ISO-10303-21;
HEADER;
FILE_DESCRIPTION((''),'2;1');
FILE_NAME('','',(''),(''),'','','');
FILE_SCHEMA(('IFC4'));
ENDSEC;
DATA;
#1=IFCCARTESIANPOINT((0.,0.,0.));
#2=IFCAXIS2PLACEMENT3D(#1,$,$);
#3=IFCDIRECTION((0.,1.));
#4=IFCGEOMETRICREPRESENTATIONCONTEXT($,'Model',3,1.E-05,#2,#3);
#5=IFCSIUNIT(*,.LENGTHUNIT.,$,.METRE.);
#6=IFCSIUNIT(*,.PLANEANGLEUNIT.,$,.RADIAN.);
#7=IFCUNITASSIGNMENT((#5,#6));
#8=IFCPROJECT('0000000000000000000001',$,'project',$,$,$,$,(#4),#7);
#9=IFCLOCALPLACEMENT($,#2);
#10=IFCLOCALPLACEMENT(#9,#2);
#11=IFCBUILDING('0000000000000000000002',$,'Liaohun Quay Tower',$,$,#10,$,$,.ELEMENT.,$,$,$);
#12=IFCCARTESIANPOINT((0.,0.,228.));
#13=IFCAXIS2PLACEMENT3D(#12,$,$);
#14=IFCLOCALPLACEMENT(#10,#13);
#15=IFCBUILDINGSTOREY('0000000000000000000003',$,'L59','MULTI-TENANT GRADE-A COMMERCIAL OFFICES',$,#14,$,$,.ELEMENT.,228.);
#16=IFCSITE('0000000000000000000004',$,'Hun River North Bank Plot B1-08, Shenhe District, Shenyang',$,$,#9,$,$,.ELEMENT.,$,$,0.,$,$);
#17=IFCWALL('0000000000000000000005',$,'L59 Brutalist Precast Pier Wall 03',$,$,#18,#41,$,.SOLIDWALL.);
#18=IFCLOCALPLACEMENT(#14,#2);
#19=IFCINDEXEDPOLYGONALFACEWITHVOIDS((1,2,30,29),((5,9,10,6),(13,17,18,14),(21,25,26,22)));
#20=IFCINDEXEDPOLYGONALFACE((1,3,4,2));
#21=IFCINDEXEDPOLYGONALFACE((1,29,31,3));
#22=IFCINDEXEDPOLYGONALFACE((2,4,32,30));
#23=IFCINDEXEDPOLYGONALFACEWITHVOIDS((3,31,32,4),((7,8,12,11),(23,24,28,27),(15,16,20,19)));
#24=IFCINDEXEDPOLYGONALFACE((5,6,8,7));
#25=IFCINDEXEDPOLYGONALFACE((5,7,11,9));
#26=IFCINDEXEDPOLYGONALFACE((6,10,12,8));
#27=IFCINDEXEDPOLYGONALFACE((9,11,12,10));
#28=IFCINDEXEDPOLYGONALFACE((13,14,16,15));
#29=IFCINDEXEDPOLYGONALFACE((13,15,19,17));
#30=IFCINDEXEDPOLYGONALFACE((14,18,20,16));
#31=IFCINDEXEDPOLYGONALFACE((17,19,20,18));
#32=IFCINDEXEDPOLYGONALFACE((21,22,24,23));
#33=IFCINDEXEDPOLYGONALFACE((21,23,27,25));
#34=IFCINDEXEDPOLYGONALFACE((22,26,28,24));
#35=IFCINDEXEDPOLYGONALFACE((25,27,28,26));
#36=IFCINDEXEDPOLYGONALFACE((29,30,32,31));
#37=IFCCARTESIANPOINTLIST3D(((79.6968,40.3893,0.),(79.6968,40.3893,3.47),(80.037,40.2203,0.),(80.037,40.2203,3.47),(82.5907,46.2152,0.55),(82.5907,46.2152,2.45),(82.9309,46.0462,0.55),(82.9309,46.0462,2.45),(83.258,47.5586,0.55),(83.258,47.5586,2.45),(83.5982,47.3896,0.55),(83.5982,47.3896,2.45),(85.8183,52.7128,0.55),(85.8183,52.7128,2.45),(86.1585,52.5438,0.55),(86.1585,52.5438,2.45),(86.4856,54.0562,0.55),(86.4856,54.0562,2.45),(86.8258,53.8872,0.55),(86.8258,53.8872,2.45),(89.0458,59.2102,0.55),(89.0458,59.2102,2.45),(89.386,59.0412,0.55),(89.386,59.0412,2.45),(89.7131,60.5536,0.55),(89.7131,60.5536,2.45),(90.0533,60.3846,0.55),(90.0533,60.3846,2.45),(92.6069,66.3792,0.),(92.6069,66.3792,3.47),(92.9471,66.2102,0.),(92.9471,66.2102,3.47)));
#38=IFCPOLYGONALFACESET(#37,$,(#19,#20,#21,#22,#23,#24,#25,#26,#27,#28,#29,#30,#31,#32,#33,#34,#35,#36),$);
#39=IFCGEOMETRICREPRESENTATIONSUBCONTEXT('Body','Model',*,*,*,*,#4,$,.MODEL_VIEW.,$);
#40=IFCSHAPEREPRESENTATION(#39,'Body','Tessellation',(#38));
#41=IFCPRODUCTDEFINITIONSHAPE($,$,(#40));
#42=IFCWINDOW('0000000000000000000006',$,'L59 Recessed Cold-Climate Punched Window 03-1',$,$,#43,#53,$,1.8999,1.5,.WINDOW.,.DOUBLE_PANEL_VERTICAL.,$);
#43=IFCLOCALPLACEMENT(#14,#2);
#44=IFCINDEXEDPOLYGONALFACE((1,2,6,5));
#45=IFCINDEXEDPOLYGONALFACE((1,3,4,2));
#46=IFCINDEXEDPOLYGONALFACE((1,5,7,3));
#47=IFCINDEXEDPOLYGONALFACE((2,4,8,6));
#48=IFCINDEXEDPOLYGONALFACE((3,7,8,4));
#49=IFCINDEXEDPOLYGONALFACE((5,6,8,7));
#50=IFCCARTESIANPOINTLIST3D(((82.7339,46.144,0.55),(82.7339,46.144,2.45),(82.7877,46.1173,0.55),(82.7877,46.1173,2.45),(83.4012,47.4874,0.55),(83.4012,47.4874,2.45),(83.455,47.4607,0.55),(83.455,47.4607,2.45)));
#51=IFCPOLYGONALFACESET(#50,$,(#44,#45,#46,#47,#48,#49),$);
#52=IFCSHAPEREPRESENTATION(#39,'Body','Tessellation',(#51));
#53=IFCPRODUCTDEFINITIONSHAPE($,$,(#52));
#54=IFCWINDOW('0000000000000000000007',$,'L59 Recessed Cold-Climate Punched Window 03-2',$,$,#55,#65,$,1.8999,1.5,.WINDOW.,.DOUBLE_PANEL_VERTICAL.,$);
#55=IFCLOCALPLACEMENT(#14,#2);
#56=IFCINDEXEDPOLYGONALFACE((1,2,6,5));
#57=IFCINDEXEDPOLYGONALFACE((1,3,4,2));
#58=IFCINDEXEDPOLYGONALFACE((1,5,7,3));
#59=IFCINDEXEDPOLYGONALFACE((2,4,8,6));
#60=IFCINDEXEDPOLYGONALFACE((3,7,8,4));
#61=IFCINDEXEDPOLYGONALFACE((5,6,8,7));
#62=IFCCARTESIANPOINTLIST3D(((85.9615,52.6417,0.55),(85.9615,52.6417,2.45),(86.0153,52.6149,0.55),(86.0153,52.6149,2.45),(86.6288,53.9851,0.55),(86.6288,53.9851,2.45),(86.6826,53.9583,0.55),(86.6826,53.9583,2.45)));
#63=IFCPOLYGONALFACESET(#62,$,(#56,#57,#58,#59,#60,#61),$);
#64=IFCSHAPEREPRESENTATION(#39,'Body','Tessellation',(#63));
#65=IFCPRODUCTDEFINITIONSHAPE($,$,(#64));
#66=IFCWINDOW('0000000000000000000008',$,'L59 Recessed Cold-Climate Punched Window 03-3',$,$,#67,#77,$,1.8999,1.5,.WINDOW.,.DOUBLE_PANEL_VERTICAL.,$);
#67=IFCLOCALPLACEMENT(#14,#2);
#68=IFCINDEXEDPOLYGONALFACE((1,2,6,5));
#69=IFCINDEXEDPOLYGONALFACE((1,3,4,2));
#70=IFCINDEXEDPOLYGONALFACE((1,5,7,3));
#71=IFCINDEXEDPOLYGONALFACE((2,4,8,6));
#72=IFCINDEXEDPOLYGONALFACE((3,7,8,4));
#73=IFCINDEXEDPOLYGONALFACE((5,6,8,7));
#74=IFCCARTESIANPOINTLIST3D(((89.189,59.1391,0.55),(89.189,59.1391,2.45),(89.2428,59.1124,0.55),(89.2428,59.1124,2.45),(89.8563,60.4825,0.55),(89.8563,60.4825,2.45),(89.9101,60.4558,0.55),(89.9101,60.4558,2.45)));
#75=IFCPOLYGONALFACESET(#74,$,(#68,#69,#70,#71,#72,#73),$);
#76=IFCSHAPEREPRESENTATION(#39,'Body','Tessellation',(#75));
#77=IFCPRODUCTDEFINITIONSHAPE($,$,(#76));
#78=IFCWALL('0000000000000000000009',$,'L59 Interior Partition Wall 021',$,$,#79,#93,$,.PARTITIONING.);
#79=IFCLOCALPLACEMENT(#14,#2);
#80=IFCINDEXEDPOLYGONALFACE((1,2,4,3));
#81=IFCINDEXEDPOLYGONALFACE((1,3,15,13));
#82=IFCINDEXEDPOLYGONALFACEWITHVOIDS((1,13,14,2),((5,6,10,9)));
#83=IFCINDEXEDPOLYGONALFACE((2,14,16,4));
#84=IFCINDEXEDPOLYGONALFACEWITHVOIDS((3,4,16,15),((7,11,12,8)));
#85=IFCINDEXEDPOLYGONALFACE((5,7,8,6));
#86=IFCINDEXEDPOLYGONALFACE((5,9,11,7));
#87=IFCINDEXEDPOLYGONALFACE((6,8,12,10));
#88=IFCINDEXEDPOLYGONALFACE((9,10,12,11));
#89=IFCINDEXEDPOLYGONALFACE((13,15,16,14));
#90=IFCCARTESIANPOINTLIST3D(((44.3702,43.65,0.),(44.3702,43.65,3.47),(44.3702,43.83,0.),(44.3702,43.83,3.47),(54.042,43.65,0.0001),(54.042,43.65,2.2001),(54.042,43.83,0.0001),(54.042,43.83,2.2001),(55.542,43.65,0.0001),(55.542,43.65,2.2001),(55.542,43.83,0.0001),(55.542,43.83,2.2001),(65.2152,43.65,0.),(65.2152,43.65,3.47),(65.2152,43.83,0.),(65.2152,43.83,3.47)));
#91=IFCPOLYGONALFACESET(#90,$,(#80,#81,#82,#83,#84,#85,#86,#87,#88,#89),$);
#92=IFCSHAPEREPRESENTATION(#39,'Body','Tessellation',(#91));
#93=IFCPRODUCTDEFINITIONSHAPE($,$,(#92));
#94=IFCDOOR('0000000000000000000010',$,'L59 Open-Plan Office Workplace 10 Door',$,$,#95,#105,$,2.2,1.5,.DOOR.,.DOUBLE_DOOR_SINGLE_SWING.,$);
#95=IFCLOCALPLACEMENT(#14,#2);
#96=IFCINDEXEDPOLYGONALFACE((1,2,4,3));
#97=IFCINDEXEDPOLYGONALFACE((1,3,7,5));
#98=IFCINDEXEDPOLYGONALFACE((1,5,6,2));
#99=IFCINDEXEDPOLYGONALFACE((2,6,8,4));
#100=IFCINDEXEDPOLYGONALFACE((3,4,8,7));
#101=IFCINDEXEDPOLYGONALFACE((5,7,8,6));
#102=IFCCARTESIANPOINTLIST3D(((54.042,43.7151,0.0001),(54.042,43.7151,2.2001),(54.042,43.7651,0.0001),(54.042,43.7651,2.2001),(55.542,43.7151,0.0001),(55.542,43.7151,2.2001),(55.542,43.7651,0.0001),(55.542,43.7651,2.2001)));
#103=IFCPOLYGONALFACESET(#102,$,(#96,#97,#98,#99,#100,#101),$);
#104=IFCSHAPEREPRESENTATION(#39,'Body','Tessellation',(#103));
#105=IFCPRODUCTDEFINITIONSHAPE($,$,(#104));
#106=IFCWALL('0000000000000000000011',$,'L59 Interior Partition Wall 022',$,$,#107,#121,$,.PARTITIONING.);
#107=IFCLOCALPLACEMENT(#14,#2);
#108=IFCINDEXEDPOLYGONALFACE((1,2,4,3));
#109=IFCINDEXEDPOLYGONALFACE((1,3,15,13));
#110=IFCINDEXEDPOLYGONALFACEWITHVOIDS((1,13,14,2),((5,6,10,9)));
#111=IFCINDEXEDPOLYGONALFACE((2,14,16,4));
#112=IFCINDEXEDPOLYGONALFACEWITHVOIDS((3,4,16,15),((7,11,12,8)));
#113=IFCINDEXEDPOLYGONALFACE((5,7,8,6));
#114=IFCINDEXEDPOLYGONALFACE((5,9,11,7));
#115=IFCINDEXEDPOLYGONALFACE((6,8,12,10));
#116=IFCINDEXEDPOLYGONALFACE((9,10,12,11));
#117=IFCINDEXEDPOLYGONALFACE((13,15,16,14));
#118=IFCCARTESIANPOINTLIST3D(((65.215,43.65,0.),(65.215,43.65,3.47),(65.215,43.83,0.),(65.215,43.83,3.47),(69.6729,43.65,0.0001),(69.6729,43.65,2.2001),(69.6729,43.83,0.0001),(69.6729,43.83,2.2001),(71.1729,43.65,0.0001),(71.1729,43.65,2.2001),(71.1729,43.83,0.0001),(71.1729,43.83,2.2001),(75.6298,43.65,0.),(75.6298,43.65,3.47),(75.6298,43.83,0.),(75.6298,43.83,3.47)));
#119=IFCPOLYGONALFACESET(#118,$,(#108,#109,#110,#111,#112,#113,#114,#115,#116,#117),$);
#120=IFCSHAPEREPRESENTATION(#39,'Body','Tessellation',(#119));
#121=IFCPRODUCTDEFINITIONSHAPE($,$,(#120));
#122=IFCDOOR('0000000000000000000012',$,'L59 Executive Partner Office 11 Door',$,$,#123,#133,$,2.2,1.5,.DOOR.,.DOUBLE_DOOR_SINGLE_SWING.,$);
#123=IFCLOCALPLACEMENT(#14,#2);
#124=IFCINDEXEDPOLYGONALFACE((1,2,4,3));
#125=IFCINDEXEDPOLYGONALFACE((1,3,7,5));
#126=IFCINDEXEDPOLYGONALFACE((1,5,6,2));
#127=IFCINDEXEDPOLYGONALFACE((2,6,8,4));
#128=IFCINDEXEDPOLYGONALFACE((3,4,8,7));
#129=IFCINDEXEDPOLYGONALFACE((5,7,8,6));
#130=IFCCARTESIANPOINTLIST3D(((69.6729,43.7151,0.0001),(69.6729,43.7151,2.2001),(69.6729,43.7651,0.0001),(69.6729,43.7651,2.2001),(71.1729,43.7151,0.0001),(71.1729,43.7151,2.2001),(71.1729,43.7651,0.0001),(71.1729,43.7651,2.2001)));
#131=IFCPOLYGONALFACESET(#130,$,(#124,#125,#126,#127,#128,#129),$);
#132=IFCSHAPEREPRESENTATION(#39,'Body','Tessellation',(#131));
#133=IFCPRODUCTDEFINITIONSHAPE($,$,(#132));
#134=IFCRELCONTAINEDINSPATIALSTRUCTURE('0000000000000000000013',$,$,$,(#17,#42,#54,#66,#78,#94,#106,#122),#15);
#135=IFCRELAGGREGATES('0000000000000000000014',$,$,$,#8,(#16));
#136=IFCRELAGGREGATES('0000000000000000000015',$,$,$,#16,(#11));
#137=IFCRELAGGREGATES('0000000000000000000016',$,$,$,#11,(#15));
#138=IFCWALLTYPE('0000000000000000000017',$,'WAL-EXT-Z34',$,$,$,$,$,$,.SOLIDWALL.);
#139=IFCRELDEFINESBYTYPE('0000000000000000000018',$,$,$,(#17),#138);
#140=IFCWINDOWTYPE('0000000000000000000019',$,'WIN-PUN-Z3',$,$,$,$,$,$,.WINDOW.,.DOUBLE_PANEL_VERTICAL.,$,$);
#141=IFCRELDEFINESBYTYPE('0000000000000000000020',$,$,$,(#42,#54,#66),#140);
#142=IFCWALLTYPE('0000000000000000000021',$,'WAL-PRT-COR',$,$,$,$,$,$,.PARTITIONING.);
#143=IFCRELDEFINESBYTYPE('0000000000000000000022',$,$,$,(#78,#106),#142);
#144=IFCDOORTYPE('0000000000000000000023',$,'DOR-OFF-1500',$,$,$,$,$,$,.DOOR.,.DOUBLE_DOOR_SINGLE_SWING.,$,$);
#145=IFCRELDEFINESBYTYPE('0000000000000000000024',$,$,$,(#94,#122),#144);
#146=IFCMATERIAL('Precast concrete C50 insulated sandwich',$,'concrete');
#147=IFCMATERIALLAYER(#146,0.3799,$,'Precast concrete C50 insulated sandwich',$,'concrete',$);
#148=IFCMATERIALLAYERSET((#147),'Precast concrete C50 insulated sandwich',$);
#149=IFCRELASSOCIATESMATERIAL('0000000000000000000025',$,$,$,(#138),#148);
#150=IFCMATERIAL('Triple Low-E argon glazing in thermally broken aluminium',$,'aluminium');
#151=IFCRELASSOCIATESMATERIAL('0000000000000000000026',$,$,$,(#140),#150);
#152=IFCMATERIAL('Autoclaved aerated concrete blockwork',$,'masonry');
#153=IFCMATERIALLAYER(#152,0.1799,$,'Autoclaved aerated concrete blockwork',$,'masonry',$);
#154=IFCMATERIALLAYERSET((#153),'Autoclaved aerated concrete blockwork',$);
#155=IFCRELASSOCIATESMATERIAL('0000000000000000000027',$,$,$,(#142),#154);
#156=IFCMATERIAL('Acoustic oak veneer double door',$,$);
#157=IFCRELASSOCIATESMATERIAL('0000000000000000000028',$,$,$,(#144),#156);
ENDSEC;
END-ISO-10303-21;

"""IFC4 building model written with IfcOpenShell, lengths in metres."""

from ifc_helpers import new_model, si_unit, direction, frame, frame_2d, origin, place, context, subcontext, project, spatial, rectangle, extrude, source, transform, mapped, material, layer, layer_set, type_object, element, fill, save


model = new_model("IFC4")

# Units and contexts
model_context = context("Model", 3, precision=1e-05, world=origin(), true_north=direction((0.0, 1.0)))
body_context = subcontext(model_context, "Body", "Model", "MODEL_VIEW")
ifc_project = project(units=[si_unit("LENGTHUNIT", "METRE"), si_unit("PLANEANGLEUNIT", "RADIAN")], contexts=[model_context])

# Site, building, storey
site_placement = place(None, origin())
site = spatial("IfcSite", under=ifc_project, at=site_placement, Name="Hun River North Bank Plot B1-08, Shenhe District, Shenyang", CompositionType="ELEMENT", RefElevation=0.0)
building_placement = place(site_placement, origin())
building = spatial("IfcBuilding", under=site, at=building_placement, Name="Liaohun Quay Tower", CompositionType="ELEMENT")
storey_placement = place(building_placement, frame((0.0, 0.0, 228.0)))
storey = spatial("IfcBuildingStorey", under=building, at=storey_placement, Name="L59", Description="MULTI-TENANT GRADE-A COMMERCIAL OFFICES", CompositionType="ELEMENT", Elevation=228.0)

# Shared definitions
ifc_material_1 = material(Name="Precast concrete C50 insulated sandwich", Category="concrete")
ifc_layer_1 = layer(ifc_material_1, 0.3799, Name="Precast concrete C50 insulated sandwich", Category="concrete")
ifc_layer_set_1 = layer_set([ifc_layer_1], Name="Precast concrete C50 insulated sandwich")
wall_type_1 = type_object("IfcWallType", Name="WAL-EXT-Z34", PredefinedType="SOLIDWALL", material=ifc_layer_set_1)

# Wall, openings, windows
shared_shape_1 = source(origin(), body_context, "Body", "SweptSolid", [
    extrude(rectangle(XDim=1.5, YDim=1.8999, at=frame_2d((0.75, 0.95))), frame((0.0, 0.2, 0.0), z_axis=(0.0, -1.0, 0.0), x_axis=(1.0, 0.0, 0.0)), (0.0, 0.0, 1.0), 0.3999),
])
ifc_material_2 = material(Name="Triple Low-E argon glazing in thermally broken aluminium", Category="aluminium")
window_type_1 = type_object("IfcWindowType", Name="WIN-PUN-Z3", PartitioningType="DOUBLE_PANEL_VERTICAL", PredefinedType="WINDOW", material=ifc_material_2)
shared_shape_2 = source(origin(), body_context, "Body", "SweptSolid", [
    extrude(rectangle(XDim=1.5, YDim=1.8999, at=frame_2d((0.75, 0.95))), frame((0.0, 0.03, 0.0), z_axis=(0.0, -1.0, 0.0), x_axis=(1.0, 0.0, 0.0)), (0.0, 0.0, 1.0), 0.0601),
])
wall_1_placement = place(storey_placement, frame((79.8669, 40.3049, 0.0), z_axis=(0.0, 0.0, 1.0), x_axis=(0.444873, 0.895594, 0.0)))
wall_1 = element("IfcWall", 1, at=wall_1_placement, inside=storey, type_object=wall_type_1, Name="L59 Brutalist Precast Pier Wall 03", PredefinedType="SOLIDWALL", context=body_context, shape_type="SweptSolid", body=[
    extrude(rectangle(XDim=29.0198, YDim=0.3799, at=frame_2d((14.5098, 0.0))), origin(), (0.0, 0.0, 1.0), 3.47),
])
opening_1_placement = place(wall_1_placement, frame((6.5049, 0.0, 0.55)))
opening_1 = element("IfcOpeningElement", 2, at=opening_1_placement, cuts=wall_1, PredefinedType="OPENING", context=body_context, shape_type="MappedRepresentation", body=[
    mapped(shared_shape_1, transform((0.0, 0.0, 0.0), x_axis=(1.0, 0.0, 0.0), y_axis=(0.0, 1.0, 0.0), z_axis=(0.0, 0.0, 1.0), scale=1.0)),
])
opening_2_placement = place(wall_1_placement, frame((13.76, 0.0, 0.55)))
opening_2 = element("IfcOpeningElement", 3, at=opening_2_placement, cuts=wall_1, PredefinedType="OPENING", context=body_context, shape_type="MappedRepresentation", body=[
    mapped(shared_shape_1, transform((0.0, 0.0, 0.0), x_axis=(1.0, 0.0, 0.0), y_axis=(0.0, 1.0, 0.0), z_axis=(0.0, 0.0, 1.0), scale=1.0)),
])
opening_3_placement = place(wall_1_placement, frame((21.0149, 0.0, 0.55)))
opening_3 = element("IfcOpeningElement", 4, at=opening_3_placement, cuts=wall_1, PredefinedType="OPENING", context=body_context, shape_type="MappedRepresentation", body=[
    mapped(shared_shape_1, transform((0.0, 0.0, 0.0), x_axis=(1.0, 0.0, 0.0), y_axis=(0.0, 1.0, 0.0), z_axis=(0.0, 0.0, 1.0), scale=1.0)),
])
window_1_placement = place(opening_1_placement, origin())
window_1 = element("IfcWindow", 5, at=window_1_placement, inside=storey, type_object=window_type_1, Name="L59 Recessed Cold-Climate Punched Window 03-1", OverallHeight=1.8999, OverallWidth=1.5, PartitioningType="DOUBLE_PANEL_VERTICAL", PredefinedType="WINDOW", context=body_context, shape_type="MappedRepresentation", body=[
    mapped(shared_shape_2, transform((0.0, 0.0, 0.0), x_axis=(1.0, 0.0, 0.0), y_axis=(0.0, 1.0, 0.0), z_axis=(0.0, 0.0, 1.0), scale=1.0)),
])
fill(opening_1, window_1)
window_2_placement = place(opening_2_placement, origin())
window_2 = element("IfcWindow", 6, at=window_2_placement, inside=storey, type_object=window_type_1, Name="L59 Recessed Cold-Climate Punched Window 03-2", OverallHeight=1.8999, OverallWidth=1.5, PartitioningType="DOUBLE_PANEL_VERTICAL", PredefinedType="WINDOW", context=body_context, shape_type="MappedRepresentation", body=[
    mapped(shared_shape_2, transform((0.0, 0.0, 0.0), x_axis=(1.0, 0.0, 0.0), y_axis=(0.0, 1.0, 0.0), z_axis=(0.0, 0.0, 1.0), scale=1.0)),
])
fill(opening_2, window_2)
window_3_placement = place(opening_3_placement, origin())
window_3 = element("IfcWindow", 7, at=window_3_placement, inside=storey, type_object=window_type_1, Name="L59 Recessed Cold-Climate Punched Window 03-3", OverallHeight=1.8999, OverallWidth=1.5, PartitioningType="DOUBLE_PANEL_VERTICAL", PredefinedType="WINDOW", context=body_context, shape_type="MappedRepresentation", body=[
    mapped(shared_shape_2, transform((0.0, 0.0, 0.0), x_axis=(1.0, 0.0, 0.0), y_axis=(0.0, 1.0, 0.0), z_axis=(0.0, 0.0, 1.0), scale=1.0)),
])
fill(opening_3, window_3)

# Walls, openings, doors
ifc_material_3 = material(Name="Autoclaved aerated concrete blockwork", Category="masonry")
ifc_layer_2 = layer(ifc_material_3, 0.1799, Name="Autoclaved aerated concrete blockwork", Category="masonry")
ifc_layer_set_2 = layer_set([ifc_layer_2], Name="Autoclaved aerated concrete blockwork")
wall_type_2 = type_object("IfcWallType", Name="WAL-PRT-COR", PredefinedType="PARTITIONING", material=ifc_layer_set_2)
wall_2_placement = place(storey_placement, frame((65.2151, 43.74, 0.0), z_axis=(0.0, 0.0, 1.0), x_axis=(-1.0, 0.0, 0.0)))
wall_2 = element("IfcWall", 8, at=wall_2_placement, inside=storey, type_object=wall_type_2, Name="L59 Interior Partition Wall 021", PredefinedType="PARTITIONING", context=body_context, shape_type="SweptSolid", body=[
    extrude(rectangle(XDim=20.845, YDim=0.1799, at=frame_2d((10.4224, 0.0))), origin(), (0.0, 0.0, 1.0), 3.47),
])
shared_shape_3 = source(origin(), body_context, "Body", "SweptSolid", [
    extrude(rectangle(XDim=1.5, YDim=2.2, at=frame_2d((0.75, 1.1001))), frame((0.0, 0.0999, 0.0), z_axis=(0.0, -1.0, 0.0), x_axis=(1.0, 0.0, 0.0)), (0.0, 0.0, 1.0), 0.2),
])
opening_4_placement = place(wall_2_placement, frame((9.6731, 0.0, 0.0)))
opening_4 = element("IfcOpeningElement", 9, at=opening_4_placement, cuts=wall_2, PredefinedType="OPENING", context=body_context, shape_type="MappedRepresentation", body=[
    mapped(shared_shape_3, transform((0.0, 0.0, 0.0), x_axis=(1.0, 0.0, 0.0), y_axis=(0.0, 1.0, 0.0), z_axis=(0.0, 0.0, 1.0), scale=1.0)),
])
ifc_material_4 = material(Name="Acoustic oak veneer double door")
door_type = type_object("IfcDoorType", Name="DOR-OFF-1500", OperationType="DOUBLE_DOOR_SINGLE_SWING", PredefinedType="DOOR", material=ifc_material_4)
shared_shape_4 = source(origin(), body_context, "Body", "SweptSolid", [
    extrude(rectangle(XDim=1.5, YDim=2.2, at=frame_2d((0.75, 1.1001))), frame((0.0, 0.0249, 0.0), z_axis=(0.0, -1.0, 0.0), x_axis=(1.0, 0.0, 0.0)), (0.0, 0.0, 1.0), 0.05),
])
door_1_placement = place(opening_4_placement, origin())
door_1 = element("IfcDoor", 10, at=door_1_placement, inside=storey, type_object=door_type, Name="L59 Open-Plan Office Workplace 10 Door", OperationType="DOUBLE_DOOR_SINGLE_SWING", OverallHeight=2.2, OverallWidth=1.5, PredefinedType="DOOR", context=body_context, shape_type="MappedRepresentation", body=[
    mapped(shared_shape_4, transform((0.0, 0.0, 0.0), x_axis=(1.0, 0.0, 0.0), y_axis=(0.0, 1.0, 0.0), z_axis=(0.0, 0.0, 1.0), scale=1.0)),
])
fill(opening_4, door_1)
wall_3_placement = place(storey_placement, frame((75.6299, 43.74, 0.0), z_axis=(0.0, 0.0, 1.0), x_axis=(-1.0, 0.0, 0.0)))
wall_3 = element("IfcWall", 11, at=wall_3_placement, inside=storey, type_object=wall_type_2, Name="L59 Interior Partition Wall 022", PredefinedType="PARTITIONING", context=body_context, shape_type="SweptSolid", body=[
    extrude(rectangle(XDim=10.4148, YDim=0.1799, at=frame_2d((5.2075, 0.0))), origin(), (0.0, 0.0, 1.0), 3.47),
])
opening_5_placement = place(wall_3_placement, frame((4.457, 0.0, 0.0)))
opening_5 = element("IfcOpeningElement", 12, at=opening_5_placement, cuts=wall_3, PredefinedType="OPENING", context=body_context, shape_type="MappedRepresentation", body=[
    mapped(shared_shape_3, transform((0.0, 0.0, 0.0), x_axis=(1.0, 0.0, 0.0), y_axis=(0.0, 1.0, 0.0), z_axis=(0.0, 0.0, 1.0), scale=1.0)),
])
door_2_placement = place(opening_5_placement, origin())
door_2 = element("IfcDoor", 13, at=door_2_placement, inside=storey, type_object=door_type, Name="L59 Executive Partner Office 11 Door", OperationType="DOUBLE_DOOR_SINGLE_SWING", OverallHeight=2.2, OverallWidth=1.5, PredefinedType="DOOR", context=body_context, shape_type="MappedRepresentation", body=[
    mapped(shared_shape_4, transform((0.0, 0.0, 0.0), x_axis=(1.0, 0.0, 0.0), y_axis=(0.0, 1.0, 0.0), z_axis=(0.0, 0.0, 1.0), scale=1.0)),
])
fill(opening_5, door_2)

save(model, "model.ifc")
